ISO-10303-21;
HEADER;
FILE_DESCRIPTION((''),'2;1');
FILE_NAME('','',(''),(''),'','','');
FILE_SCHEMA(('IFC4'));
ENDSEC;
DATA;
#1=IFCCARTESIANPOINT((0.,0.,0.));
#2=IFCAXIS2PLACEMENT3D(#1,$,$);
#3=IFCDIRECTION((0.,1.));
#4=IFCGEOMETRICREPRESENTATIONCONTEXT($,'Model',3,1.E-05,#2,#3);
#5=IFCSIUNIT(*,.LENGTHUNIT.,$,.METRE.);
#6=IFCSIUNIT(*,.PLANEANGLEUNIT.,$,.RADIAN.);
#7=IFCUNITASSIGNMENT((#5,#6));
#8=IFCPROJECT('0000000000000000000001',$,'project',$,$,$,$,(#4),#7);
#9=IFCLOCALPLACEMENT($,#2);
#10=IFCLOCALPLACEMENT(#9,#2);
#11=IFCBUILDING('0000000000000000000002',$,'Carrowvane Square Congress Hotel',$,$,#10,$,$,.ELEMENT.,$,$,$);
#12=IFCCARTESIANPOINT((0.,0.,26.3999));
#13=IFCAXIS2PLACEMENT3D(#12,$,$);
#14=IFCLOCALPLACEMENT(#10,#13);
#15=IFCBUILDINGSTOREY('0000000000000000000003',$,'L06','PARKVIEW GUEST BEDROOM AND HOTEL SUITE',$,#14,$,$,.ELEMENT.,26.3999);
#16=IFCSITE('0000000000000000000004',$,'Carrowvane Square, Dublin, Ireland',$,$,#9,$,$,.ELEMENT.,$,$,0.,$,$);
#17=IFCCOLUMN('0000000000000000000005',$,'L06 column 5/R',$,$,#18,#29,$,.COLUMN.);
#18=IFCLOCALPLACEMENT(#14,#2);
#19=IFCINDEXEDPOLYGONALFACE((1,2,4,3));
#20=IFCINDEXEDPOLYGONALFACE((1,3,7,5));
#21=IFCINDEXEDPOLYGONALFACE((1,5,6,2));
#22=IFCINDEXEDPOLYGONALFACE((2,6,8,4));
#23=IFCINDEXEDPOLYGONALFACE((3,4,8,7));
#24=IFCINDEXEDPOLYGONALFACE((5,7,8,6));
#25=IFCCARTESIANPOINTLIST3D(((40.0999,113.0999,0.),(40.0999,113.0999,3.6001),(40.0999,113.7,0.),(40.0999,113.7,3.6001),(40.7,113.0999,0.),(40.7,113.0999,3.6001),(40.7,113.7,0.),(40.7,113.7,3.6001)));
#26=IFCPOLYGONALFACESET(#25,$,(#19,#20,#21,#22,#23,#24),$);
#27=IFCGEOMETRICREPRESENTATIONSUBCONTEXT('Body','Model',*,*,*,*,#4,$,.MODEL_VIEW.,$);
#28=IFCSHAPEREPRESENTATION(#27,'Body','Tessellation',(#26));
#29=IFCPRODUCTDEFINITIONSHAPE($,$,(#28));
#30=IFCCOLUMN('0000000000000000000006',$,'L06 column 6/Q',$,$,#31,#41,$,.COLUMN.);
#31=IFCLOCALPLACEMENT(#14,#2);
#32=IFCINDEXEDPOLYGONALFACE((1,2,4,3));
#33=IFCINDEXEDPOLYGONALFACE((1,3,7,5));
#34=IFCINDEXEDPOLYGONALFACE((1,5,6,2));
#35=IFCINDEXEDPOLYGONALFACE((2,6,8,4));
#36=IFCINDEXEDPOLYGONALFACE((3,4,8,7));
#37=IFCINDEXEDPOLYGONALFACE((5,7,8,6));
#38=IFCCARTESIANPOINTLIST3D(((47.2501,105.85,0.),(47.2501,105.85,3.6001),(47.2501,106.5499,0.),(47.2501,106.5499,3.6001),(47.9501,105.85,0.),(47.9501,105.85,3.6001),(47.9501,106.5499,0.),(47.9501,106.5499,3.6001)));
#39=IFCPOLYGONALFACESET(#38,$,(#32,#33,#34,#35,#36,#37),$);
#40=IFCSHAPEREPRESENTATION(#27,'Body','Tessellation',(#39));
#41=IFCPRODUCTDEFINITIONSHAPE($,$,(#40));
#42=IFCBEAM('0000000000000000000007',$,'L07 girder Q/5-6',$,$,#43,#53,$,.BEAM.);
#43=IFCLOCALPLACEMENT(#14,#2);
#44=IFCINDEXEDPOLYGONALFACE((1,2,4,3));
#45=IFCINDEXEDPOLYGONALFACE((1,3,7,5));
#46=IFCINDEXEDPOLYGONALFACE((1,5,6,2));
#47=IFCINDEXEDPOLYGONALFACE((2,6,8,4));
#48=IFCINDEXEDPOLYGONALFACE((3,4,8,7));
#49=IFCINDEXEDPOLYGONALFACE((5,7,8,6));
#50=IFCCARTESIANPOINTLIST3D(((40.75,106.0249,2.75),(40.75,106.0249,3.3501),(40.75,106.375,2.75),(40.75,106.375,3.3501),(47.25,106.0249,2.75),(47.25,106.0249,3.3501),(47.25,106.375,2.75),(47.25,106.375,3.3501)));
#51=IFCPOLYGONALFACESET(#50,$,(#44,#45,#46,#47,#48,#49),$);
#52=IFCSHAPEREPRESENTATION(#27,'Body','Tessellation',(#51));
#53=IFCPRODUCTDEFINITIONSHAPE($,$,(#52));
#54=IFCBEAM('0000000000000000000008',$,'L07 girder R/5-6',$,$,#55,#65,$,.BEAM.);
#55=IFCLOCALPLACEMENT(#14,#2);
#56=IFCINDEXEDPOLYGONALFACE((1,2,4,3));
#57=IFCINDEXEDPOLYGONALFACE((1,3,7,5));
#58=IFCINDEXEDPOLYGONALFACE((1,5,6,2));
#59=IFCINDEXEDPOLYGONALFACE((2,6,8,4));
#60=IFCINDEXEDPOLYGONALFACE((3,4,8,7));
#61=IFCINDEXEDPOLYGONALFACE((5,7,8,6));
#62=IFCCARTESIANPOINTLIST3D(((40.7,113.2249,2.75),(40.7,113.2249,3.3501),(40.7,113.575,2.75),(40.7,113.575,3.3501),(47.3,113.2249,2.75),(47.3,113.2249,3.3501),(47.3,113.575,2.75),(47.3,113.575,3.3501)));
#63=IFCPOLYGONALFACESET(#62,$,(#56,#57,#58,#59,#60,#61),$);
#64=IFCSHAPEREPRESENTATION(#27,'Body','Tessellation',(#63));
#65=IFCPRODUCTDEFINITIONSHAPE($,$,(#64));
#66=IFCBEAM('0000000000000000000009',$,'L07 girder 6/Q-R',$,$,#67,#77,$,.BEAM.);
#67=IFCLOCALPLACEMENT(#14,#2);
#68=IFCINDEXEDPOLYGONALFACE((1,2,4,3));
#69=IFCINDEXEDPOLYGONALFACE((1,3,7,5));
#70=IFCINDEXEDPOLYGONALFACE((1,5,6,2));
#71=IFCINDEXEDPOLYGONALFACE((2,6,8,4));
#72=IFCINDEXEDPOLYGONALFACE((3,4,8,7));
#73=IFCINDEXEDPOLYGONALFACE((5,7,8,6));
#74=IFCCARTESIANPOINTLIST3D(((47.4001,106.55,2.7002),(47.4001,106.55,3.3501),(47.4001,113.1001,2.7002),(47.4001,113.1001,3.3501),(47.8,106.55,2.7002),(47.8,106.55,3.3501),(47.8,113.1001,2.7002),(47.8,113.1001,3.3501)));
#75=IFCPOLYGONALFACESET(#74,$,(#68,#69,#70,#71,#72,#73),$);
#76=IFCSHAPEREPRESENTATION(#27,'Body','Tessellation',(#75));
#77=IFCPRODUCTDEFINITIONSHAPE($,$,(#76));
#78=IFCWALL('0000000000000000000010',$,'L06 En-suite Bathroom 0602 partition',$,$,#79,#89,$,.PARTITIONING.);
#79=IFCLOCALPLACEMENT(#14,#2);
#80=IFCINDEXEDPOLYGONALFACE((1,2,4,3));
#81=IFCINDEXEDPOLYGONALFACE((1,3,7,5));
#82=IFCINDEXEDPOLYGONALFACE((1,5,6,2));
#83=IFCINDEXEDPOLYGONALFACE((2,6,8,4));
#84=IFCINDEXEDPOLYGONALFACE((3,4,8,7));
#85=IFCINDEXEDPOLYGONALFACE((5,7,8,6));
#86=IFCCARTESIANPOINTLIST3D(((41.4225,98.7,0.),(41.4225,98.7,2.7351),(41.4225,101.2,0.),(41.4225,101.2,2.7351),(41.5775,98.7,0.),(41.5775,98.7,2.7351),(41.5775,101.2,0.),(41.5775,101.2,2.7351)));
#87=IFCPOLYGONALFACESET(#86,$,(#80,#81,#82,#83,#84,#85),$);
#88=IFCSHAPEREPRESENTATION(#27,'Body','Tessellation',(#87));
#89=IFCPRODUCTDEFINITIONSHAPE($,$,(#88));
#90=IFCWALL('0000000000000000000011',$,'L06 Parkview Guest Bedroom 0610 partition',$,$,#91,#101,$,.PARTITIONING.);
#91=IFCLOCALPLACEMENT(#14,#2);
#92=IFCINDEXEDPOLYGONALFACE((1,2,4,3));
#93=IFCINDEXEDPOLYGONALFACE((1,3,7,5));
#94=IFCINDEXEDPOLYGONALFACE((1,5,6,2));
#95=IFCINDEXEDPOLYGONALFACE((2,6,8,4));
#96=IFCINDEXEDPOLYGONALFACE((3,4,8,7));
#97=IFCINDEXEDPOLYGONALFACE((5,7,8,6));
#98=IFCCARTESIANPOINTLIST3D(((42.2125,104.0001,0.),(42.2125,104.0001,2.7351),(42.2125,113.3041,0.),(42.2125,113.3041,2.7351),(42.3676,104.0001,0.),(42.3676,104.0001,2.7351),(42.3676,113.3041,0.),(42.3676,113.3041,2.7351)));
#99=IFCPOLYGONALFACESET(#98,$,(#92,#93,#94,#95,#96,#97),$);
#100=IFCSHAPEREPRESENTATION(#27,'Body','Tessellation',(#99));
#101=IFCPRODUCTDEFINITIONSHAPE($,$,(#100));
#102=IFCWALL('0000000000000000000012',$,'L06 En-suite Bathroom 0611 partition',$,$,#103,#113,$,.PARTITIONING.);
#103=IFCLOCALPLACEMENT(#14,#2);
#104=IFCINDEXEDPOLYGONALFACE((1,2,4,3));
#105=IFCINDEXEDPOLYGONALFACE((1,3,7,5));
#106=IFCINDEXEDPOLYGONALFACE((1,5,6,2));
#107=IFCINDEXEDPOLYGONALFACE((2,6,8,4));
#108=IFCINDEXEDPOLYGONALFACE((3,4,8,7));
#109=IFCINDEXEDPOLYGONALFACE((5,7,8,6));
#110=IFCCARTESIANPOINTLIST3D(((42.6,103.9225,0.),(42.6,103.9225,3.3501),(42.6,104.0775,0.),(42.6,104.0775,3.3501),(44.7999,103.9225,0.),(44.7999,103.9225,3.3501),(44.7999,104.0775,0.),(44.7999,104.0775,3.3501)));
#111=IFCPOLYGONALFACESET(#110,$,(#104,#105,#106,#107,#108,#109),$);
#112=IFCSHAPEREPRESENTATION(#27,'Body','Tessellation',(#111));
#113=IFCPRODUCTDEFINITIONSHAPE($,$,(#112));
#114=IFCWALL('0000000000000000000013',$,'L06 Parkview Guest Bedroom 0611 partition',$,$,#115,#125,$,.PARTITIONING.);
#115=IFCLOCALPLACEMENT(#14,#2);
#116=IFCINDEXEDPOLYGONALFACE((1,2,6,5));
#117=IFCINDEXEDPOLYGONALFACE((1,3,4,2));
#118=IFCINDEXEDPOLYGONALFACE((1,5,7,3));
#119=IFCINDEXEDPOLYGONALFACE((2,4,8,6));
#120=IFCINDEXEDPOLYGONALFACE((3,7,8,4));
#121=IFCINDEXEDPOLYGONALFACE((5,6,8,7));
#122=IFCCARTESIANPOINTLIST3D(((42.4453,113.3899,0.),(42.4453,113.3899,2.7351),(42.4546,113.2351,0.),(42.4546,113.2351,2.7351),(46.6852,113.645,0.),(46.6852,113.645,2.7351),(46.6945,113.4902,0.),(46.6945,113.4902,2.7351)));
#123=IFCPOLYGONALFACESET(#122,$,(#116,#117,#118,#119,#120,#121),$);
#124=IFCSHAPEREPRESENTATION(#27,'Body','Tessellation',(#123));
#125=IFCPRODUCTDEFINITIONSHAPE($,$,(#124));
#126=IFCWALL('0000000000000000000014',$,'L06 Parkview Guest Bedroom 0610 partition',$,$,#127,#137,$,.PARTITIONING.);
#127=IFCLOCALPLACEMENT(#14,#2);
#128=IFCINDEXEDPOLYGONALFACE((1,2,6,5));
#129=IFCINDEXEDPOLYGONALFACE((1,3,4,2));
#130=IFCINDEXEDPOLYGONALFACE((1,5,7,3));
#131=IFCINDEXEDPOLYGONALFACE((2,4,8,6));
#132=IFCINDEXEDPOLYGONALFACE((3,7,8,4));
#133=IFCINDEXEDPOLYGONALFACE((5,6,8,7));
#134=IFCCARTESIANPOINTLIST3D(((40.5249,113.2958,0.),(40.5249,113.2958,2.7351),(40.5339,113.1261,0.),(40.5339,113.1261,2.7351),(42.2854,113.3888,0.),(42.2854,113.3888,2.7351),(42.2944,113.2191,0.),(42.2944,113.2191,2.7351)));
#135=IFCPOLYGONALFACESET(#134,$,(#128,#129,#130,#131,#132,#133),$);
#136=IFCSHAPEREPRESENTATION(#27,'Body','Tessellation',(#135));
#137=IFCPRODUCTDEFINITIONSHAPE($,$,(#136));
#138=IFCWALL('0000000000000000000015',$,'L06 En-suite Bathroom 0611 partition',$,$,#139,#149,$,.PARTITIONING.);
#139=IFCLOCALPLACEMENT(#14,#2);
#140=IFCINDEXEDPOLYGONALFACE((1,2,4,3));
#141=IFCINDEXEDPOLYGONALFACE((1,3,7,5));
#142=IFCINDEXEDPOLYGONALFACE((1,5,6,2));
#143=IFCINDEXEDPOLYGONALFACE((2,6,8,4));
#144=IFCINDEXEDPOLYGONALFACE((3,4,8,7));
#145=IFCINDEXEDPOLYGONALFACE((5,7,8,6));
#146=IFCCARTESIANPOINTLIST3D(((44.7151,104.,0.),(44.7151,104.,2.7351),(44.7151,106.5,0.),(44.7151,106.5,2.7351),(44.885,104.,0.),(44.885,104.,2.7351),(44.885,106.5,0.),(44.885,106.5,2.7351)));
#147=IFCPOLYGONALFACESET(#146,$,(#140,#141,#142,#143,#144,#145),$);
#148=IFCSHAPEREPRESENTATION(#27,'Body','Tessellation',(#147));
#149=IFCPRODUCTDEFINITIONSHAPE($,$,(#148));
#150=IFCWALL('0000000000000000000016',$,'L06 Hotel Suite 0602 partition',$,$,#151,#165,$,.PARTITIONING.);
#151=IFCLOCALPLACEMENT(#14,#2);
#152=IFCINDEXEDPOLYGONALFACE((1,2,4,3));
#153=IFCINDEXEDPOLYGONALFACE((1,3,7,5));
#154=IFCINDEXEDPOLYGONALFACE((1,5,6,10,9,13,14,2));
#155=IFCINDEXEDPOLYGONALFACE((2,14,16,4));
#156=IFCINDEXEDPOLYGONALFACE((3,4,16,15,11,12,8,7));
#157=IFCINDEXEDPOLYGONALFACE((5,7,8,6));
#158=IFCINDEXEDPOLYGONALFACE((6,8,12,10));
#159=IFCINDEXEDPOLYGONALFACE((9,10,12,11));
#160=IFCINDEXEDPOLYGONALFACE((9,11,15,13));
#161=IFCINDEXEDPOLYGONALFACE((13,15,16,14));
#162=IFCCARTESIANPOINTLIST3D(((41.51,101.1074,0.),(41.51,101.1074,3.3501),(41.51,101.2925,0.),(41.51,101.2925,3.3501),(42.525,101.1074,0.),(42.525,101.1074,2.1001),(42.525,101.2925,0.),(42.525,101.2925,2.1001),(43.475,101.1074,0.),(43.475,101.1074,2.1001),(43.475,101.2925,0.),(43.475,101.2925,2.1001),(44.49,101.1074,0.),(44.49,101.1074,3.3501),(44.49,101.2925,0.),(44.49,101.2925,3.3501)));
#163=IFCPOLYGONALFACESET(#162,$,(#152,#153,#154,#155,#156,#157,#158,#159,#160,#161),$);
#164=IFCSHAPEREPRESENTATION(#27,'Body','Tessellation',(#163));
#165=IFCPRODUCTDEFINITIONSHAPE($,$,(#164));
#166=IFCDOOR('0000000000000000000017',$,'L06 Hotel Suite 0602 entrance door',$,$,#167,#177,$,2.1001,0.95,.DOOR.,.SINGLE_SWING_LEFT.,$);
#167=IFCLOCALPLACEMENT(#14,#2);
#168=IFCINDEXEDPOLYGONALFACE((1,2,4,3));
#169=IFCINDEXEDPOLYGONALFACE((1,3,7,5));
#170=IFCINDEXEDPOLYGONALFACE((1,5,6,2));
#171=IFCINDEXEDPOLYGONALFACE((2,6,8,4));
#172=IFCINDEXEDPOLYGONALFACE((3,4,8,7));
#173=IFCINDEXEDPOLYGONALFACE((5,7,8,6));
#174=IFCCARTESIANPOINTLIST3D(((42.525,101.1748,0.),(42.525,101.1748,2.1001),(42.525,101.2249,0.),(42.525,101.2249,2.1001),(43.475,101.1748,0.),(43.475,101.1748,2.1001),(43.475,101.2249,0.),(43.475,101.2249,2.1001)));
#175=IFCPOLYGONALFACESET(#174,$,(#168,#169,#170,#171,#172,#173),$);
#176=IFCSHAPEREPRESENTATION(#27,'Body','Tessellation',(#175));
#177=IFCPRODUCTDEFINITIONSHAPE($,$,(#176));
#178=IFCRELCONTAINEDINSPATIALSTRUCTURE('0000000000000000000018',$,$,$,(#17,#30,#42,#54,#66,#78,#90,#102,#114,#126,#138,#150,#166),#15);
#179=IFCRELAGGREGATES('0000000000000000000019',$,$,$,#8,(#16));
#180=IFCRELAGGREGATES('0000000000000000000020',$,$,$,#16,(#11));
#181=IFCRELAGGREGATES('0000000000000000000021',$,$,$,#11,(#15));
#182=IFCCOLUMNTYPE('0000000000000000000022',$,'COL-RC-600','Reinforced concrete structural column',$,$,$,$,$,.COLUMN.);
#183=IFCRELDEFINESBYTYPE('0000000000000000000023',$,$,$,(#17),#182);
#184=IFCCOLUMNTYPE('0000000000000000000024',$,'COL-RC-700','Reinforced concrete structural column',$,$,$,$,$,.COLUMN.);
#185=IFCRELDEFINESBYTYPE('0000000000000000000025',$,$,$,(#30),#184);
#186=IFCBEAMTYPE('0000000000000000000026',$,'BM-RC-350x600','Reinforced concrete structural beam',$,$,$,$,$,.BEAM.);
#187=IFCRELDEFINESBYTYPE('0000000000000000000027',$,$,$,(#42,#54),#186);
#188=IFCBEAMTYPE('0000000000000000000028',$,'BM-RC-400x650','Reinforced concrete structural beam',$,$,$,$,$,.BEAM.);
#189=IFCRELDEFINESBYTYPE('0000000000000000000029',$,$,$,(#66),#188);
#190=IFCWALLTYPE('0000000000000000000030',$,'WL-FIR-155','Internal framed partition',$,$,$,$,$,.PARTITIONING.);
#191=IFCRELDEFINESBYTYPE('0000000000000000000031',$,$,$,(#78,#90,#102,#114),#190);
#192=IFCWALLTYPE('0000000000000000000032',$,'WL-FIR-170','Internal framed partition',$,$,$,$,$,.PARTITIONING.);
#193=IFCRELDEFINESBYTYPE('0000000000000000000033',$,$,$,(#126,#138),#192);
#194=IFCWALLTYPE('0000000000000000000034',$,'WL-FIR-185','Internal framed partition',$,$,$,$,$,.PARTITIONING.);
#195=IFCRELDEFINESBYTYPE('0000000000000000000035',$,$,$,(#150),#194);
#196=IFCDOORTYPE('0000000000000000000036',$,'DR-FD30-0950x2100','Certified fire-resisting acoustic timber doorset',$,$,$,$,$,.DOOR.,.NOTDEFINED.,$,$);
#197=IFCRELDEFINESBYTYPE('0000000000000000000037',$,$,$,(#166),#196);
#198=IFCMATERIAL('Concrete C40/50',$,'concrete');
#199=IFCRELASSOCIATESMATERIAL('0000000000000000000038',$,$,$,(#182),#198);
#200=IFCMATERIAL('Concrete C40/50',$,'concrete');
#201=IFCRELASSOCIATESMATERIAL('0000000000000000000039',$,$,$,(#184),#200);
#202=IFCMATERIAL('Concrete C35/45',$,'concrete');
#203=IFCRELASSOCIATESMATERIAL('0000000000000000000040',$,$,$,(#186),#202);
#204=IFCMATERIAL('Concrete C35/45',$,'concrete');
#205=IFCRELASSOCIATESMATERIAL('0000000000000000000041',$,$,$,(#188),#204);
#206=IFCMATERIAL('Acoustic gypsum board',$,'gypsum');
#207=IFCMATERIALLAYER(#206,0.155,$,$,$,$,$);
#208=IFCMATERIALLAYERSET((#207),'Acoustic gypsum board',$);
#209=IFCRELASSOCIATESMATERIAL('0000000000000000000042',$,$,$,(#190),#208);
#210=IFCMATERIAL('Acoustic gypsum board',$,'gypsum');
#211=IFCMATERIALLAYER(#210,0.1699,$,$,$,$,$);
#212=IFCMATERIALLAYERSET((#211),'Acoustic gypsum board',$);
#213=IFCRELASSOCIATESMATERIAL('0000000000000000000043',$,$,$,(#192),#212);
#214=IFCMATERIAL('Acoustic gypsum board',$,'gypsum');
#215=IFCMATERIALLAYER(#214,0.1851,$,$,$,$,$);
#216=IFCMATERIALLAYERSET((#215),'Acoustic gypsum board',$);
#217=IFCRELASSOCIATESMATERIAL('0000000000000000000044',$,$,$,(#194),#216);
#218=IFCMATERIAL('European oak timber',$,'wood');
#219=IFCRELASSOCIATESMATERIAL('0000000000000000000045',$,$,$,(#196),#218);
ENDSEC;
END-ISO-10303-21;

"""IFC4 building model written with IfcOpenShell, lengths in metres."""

from ifc_helpers import new_model, si_unit, direction, frame, frame_2d, origin, origin_2d, place, context, subcontext, project, spatial, rectangle, extrude, material, layer, layer_set, material_profile, profile_set, type_object, element, fill, save


model = new_model("IFC4")

# Units and contexts
model_context = context("Model", 3, precision=1e-05, world=origin(), true_north=direction((0.0, 1.0)))
body_context = subcontext(model_context, "Body", "Model", "MODEL_VIEW")
ifc_project = project(units=[si_unit("LENGTHUNIT", "METRE"), si_unit("PLANEANGLEUNIT", "RADIAN")], contexts=[model_context])

# Site, building, storey
site_placement = place(None, origin())
site = spatial("IfcSite", under=ifc_project, at=site_placement, Name="Carrowvane Square, Dublin, Ireland", CompositionType="ELEMENT", RefElevation=0.0)
building_placement = place(site_placement, origin())
building = spatial("IfcBuilding", under=site, at=building_placement, Name="Carrowvane Square Congress Hotel", CompositionType="ELEMENT")
storey_placement = place(building_placement, frame((0.0, 0.0, 26.3999)))
storey = spatial("IfcBuildingStorey", under=building, at=storey_placement, Name="L06", Description="PARKVIEW GUEST BEDROOM AND HOTEL SUITE", CompositionType="ELEMENT", Elevation=26.3999)

# Columns
ifc_material_1 = material(Name="Concrete C40/50", Category="concrete")
ifc_material_profile_1 = material_profile(ifc_material_1, rectangle(XDim=0.6001, YDim=0.6001, at=origin_2d()), Name="RC 600x600")
ifc_profile_set_1 = profile_set([ifc_material_profile_1], Name="Concrete C40/50")
column_type_1 = type_object("IfcColumnType", Name="COL-RC-600", Description="Reinforced concrete structural column", PredefinedType="COLUMN", material=ifc_profile_set_1)
column_1_placement = place(storey_placement, frame((40.3999, 113.3999, 0.0), z_axis=(0.0, 0.0, 1.0), x_axis=(1.0, 0.0, 0.0)))
element("IfcColumn", 1, at=column_1_placement, inside=storey, type_object=column_type_1, Name="L06 column 5/R", PredefinedType="COLUMN", context=body_context, shape_type="SweptSolid", body=[
    extrude(rectangle(XDim=0.6001, YDim=0.6001, at=origin_2d()), origin(), (0.0, 0.0, 1.0), 3.6001),
])
ifc_material_2 = material(Name="Concrete C40/50", Category="concrete")
ifc_material_profile_2 = material_profile(ifc_material_2, rectangle(XDim=0.7, YDim=0.7, at=origin_2d()), Name="RC 700x700")
ifc_profile_set_2 = profile_set([ifc_material_profile_2], Name="Concrete C40/50")
column_type_2 = type_object("IfcColumnType", Name="COL-RC-700", Description="Reinforced concrete structural column", PredefinedType="COLUMN", material=ifc_profile_set_2)
column_2_placement = place(storey_placement, frame((47.6001, 106.2, 0.0), z_axis=(0.0, 0.0, 1.0), x_axis=(1.0, 0.0, 0.0)))
element("IfcColumn", 2, at=column_2_placement, inside=storey, type_object=column_type_2, Name="L06 column 6/Q", PredefinedType="COLUMN", context=body_context, shape_type="SweptSolid", body=[
    extrude(rectangle(XDim=0.7, YDim=0.7, at=origin_2d()), origin(), (0.0, 0.0, 1.0), 3.6001),
])

# Beams
ifc_material_3 = material(Name="Concrete C35/45", Category="concrete")
ifc_material_profile_3 = material_profile(ifc_material_3, rectangle(XDim=0.3501, YDim=0.6001, at=origin_2d()), Name="RC 350x600")
ifc_profile_set_3 = profile_set([ifc_material_profile_3], Name="Concrete C35/45")
beam_type_1 = type_object("IfcBeamType", Name="BM-RC-350x600", Description="Reinforced concrete structural beam", PredefinedType="BEAM", material=ifc_profile_set_3)
beam_1_placement = place(storey_placement, frame((40.75, 106.2, 3.05), z_axis=(1.0, 0.0, 0.0), x_axis=(0.0, 1.0, 0.0)))
element("IfcBeam", 3, at=beam_1_placement, inside=storey, type_object=beam_type_1, Name="L07 girder Q/5-6", PredefinedType="BEAM", context=body_context, shape_type="SweptSolid", body=[
    extrude(rectangle(XDim=0.3501, YDim=0.6001, at=origin_2d()), origin(), (0.0, 0.0, 1.0), 6.5),
])
beam_2_placement = place(storey_placement, frame((40.7, 113.3999, 3.05), z_axis=(1.0, 0.0, 0.0), x_axis=(0.0, 1.0, 0.0)))
element("IfcBeam", 4, at=beam_2_placement, inside=storey, type_object=beam_type_1, Name="L07 girder R/5-6", PredefinedType="BEAM", context=body_context, shape_type="SweptSolid", body=[
    extrude(rectangle(XDim=0.3501, YDim=0.6001, at=origin_2d()), origin(), (0.0, 0.0, 1.0), 6.6001),
])
ifc_material_4 = material(Name="Concrete C35/45", Category="concrete")
ifc_material_profile_4 = material_profile(ifc_material_4, rectangle(XDim=0.3999, YDim=0.6499, at=origin_2d()), Name="RC 400x650")
ifc_profile_set_4 = profile_set([ifc_material_profile_4], Name="Concrete C35/45")
beam_type_2 = type_object("IfcBeamType", Name="BM-RC-400x650", Description="Reinforced concrete structural beam", PredefinedType="BEAM", material=ifc_profile_set_4)
beam_3_placement = place(storey_placement, frame((47.6001, 106.55, 3.0251), z_axis=(0.0, 1.0, 0.0), x_axis=(-1.0, 0.0, 0.0)))
element("IfcBeam", 5, at=beam_3_placement, inside=storey, type_object=beam_type_2, Name="L07 girder 6/Q-R", PredefinedType="BEAM", context=body_context, shape_type="SweptSolid", body=[
    extrude(rectangle(XDim=0.3999, YDim=0.6499, at=origin_2d()), origin(), (0.0, 0.0, 1.0), 6.55),
])

# Walls
ifc_material_5 = material(Name="Acoustic gypsum board", Category="gypsum")
ifc_layer_1 = layer(ifc_material_5, 0.155)
ifc_layer_set_1 = layer_set([ifc_layer_1], Name="Acoustic gypsum board")
wall_type_1 = type_object("IfcWallType", Name="WL-FIR-155", Description="Internal framed partition", PredefinedType="PARTITIONING", material=ifc_layer_set_1)
wall_1_placement = place(storey_placement, frame((41.5, 101.2, 0.0), z_axis=(0.0, 0.0, 1.0), x_axis=(0.0, -1.0, 0.0)))
element("IfcWall", 6, at=wall_1_placement, inside=storey, type_object=wall_type_1, Name="L06 En-suite Bathroom 0602 partition", PredefinedType="PARTITIONING", context=body_context, shape_type="SweptSolid", body=[
    extrude(rectangle(XDim=2.5, YDim=0.155, at=frame_2d((1.25, 0.0))), origin(), (0.0, 0.0, 1.0), 2.7351),
])
wall_2_placement = place(storey_placement, frame((42.29, 113.304, 0.0), z_axis=(0.0, 0.0, 1.0), x_axis=(0.0, -1.0, 0.0)))
element("IfcWall", 7, at=wall_2_placement, inside=storey, type_object=wall_type_1, Name="L06 Parkview Guest Bedroom 0610 partition", PredefinedType="PARTITIONING", context=body_context, shape_type="SweptSolid", body=[
    extrude(rectangle(XDim=9.304, YDim=0.155, at=frame_2d((4.6519, 0.0))), origin(), (0.0, 0.0, 1.0), 2.7351),
])
wall_3_placement = place(storey_placement, frame((44.8, 104.0, 0.0), z_axis=(0.0, 0.0, 1.0), x_axis=(-1.0, 0.0, 0.0)))
element("IfcWall", 8, at=wall_3_placement, inside=storey, type_object=wall_type_1, Name="L06 En-suite Bathroom 0611 partition", PredefinedType="PARTITIONING", context=body_context, shape_type="SweptSolid", body=[
    extrude(rectangle(XDim=2.2, YDim=0.155, at=frame_2d((1.1001, 0.0))), origin(), (0.0, 0.0, 1.0), 3.3501),
])
wall_4_placement = place(storey_placement, frame((42.45, 113.3125, 0.0), z_axis=(0.0, 0.0, 1.0), x_axis=(0.998195, 0.060063, 0.0)))
element("IfcWall", 9, at=wall_4_placement, inside=storey, type_object=wall_type_1, Name="L06 Parkview Guest Bedroom 0611 partition", PredefinedType="PARTITIONING", context=body_context, shape_type="SweptSolid", body=[
    extrude(rectangle(XDim=4.2476, YDim=0.155, at=frame_2d((2.1238, 0.0))), origin(), (0.0, 0.0, 1.0), 2.7351),
])
ifc_material_6 = material(Name="Acoustic gypsum board", Category="gypsum")
ifc_layer_2 = layer(ifc_material_6, 0.1699)
ifc_layer_set_2 = layer_set([ifc_layer_2], Name="Acoustic gypsum board")
wall_type_2 = type_object("IfcWallType", Name="WL-FIR-170", Description="Internal framed partition", PredefinedType="PARTITIONING", material=ifc_layer_set_2)
wall_5_placement = place(storey_placement, frame((40.5295, 113.2109, 0.0), z_axis=(0.0, 0.0, 1.0), x_axis=(0.998607, 0.052762, 0.0)))
element("IfcWall", 10, at=wall_5_placement, inside=storey, type_object=wall_type_2, Name="L06 Parkview Guest Bedroom 0610 partition", PredefinedType="PARTITIONING", context=body_context, shape_type="SweptSolid", body=[
    extrude(rectangle(XDim=1.7629, YDim=0.1699, at=frame_2d((0.8813, 0.0))), origin(), (0.0, 0.0, 1.0), 2.7351),
])
wall_6_placement = place(storey_placement, frame((44.8, 106.5, 0.0), z_axis=(0.0, 0.0, 1.0), x_axis=(0.0, -1.0, 0.0)))
element("IfcWall", 11, at=wall_6_placement, inside=storey, type_object=wall_type_2, Name="L06 En-suite Bathroom 0611 partition", PredefinedType="PARTITIONING", context=body_context, shape_type="SweptSolid", body=[
    extrude(rectangle(XDim=2.5, YDim=0.1699, at=frame_2d((1.25, 0.0))), origin(), (0.0, 0.0, 1.0), 2.7351),
])

# Wall, opening, door
ifc_material_7 = material(Name="Acoustic gypsum board", Category="gypsum")
ifc_layer_3 = layer(ifc_material_7, 0.1851)
ifc_layer_set_3 = layer_set([ifc_layer_3], Name="Acoustic gypsum board")
wall_type_3 = type_object("IfcWallType", Name="WL-FIR-185", Description="Internal framed partition", PredefinedType="PARTITIONING", material=ifc_layer_set_3)
wall_7_placement = place(storey_placement, frame((41.51, 101.2, 0.0), z_axis=(0.0, 0.0, 1.0), x_axis=(1.0, 0.0, 0.0)))
wall_7 = element("IfcWall", 12, at=wall_7_placement, inside=storey, type_object=wall_type_3, Name="L06 Hotel Suite 0602 partition", PredefinedType="PARTITIONING", context=body_context, shape_type="SweptSolid", body=[
    extrude(rectangle(XDim=2.98, YDim=0.1851, at=frame_2d((1.49, 0.0))), origin(), (0.0, 0.0, 1.0), 3.3501),
])
opening_1_placement = place(wall_7_placement, frame((1.0149, 0.0, 0.0)))
opening_1 = element("IfcOpeningElement", 13, at=opening_1_placement, cuts=wall_7, PredefinedType="OPENING", context=body_context, shape_type="SweptSolid", body=[
    extrude(rectangle(XDim=0.95, YDim=2.1001, at=frame_2d((0.4751, 1.05))), frame((0.0, 0.1025, 0.0), z_axis=(0.0, -1.0, 0.0), x_axis=(1.0, 0.0, 0.0)), (0.0, 0.0, 1.0), 0.2051),
])
ifc_material_8 = material(Name="European oak timber", Category="wood")
door_type_1 = type_object("IfcDoorType", Name="DR-FD30-0950x2100", Description="Certified fire-resisting acoustic timber doorset", OperationType="NOTDEFINED", PredefinedType="DOOR", material=ifc_material_8)
door_1_placement = place(opening_1_placement, origin())
door_1 = element("IfcDoor", 14, at=door_1_placement, inside=storey, type_object=door_type_1, Name="L06 Hotel Suite 0602 entrance door", OperationType="SINGLE_SWING_LEFT", OverallHeight=2.1001, OverallWidth=0.95, PredefinedType="DOOR", context=body_context, shape_type="SweptSolid", body=[
    extrude(rectangle(XDim=0.95, YDim=2.1001, at=frame_2d((0.4751, 1.05))), frame((0.0, 0.0249, 0.0), z_axis=(0.0, -1.0, 0.0), x_axis=(1.0, 0.0, 0.0)), (0.0, 0.0, 1.0), 0.05),
])
fill(opening_1, door_1)

save(model, "model.ifc")
